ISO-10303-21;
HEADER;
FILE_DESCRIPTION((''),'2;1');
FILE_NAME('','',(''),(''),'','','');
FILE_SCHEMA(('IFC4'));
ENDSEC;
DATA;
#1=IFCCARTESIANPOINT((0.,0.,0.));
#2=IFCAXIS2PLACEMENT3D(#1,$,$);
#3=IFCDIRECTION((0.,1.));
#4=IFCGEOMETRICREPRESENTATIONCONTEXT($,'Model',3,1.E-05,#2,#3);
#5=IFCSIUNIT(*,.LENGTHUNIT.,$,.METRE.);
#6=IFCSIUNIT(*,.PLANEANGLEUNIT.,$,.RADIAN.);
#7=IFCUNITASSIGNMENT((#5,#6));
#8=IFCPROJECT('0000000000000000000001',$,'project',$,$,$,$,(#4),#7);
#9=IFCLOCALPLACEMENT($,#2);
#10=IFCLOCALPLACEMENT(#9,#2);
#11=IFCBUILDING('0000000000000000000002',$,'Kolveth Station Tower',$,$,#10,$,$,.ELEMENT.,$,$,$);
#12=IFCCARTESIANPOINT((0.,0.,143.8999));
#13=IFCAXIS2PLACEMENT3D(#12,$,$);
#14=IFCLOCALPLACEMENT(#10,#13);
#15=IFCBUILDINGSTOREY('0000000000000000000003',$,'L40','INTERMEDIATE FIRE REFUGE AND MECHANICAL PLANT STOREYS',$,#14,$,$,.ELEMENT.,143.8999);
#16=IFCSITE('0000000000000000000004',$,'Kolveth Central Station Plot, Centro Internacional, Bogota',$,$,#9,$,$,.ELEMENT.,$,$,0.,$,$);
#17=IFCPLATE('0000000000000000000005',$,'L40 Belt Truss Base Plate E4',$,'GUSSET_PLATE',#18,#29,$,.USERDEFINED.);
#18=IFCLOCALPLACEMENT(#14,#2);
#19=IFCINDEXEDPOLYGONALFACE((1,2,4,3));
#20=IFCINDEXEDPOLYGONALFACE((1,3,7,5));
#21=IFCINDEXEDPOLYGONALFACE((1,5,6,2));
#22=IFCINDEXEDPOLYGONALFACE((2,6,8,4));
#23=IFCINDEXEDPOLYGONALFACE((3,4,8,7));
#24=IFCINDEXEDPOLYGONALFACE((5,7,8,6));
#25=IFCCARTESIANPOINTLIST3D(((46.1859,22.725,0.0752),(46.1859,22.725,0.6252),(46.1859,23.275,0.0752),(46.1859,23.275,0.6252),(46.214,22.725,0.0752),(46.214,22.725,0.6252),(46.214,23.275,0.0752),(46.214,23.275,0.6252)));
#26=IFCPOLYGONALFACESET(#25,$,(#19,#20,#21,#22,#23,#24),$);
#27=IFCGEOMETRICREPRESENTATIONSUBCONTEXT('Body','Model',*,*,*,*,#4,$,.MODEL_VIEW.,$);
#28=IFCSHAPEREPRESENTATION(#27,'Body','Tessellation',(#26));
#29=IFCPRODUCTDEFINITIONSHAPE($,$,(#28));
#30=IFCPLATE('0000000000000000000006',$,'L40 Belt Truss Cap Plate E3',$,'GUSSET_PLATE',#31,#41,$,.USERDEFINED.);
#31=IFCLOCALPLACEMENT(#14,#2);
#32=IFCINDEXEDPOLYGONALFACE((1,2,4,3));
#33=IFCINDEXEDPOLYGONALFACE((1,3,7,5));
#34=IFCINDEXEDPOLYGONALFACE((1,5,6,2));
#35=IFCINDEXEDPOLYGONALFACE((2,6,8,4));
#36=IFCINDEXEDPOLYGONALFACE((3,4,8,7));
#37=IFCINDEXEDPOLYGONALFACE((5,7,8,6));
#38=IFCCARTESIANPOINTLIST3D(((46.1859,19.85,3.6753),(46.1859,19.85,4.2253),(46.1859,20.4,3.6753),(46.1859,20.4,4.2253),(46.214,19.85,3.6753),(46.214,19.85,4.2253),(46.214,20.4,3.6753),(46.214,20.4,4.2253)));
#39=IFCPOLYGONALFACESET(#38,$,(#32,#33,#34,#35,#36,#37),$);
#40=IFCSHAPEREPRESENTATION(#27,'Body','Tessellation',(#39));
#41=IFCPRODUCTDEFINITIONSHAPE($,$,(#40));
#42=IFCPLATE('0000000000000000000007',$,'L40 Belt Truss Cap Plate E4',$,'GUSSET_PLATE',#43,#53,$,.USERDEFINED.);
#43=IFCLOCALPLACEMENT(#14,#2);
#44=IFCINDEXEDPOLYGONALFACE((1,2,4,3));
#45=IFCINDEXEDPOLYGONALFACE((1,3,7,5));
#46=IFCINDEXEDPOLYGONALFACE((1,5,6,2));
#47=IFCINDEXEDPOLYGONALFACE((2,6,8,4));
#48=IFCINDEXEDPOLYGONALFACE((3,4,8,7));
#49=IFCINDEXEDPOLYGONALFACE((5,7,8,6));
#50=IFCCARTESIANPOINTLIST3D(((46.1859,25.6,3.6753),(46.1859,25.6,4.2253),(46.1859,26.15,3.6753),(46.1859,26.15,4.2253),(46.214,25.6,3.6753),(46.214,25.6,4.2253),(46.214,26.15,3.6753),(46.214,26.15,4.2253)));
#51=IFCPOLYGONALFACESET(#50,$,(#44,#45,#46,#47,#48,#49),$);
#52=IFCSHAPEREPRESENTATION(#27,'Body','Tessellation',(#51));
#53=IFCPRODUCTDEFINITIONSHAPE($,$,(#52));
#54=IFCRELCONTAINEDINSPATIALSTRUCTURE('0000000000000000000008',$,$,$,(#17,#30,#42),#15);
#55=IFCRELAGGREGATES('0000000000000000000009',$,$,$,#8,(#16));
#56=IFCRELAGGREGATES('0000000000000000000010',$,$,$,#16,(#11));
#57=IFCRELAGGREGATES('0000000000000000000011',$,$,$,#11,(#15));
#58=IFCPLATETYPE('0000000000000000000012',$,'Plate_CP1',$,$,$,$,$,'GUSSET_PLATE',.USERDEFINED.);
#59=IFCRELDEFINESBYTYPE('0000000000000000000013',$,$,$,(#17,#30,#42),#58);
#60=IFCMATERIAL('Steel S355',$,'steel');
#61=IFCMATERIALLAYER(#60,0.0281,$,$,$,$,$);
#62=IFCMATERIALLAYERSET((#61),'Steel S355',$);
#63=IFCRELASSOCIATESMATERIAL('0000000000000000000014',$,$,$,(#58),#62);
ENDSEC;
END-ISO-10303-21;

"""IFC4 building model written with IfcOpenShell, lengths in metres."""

from ifc_helpers import new_model, si_unit, direction, frame, origin, origin_2d, place, context, subcontext, project, spatial, rectangle, extrude, source, transform, mapped, material, layer, layer_set, type_object, element, save


model = new_model("IFC4")

# Units and contexts
model_context = context("Model", 3, precision=1e-05, world=origin(), true_north=direction((0.0, 1.0)))
body_context = subcontext(model_context, "Body", "Model", "MODEL_VIEW")
ifc_project = project(units=[si_unit("LENGTHUNIT", "METRE"), si_unit("PLANEANGLEUNIT", "RADIAN")], contexts=[model_context])

# Site, building, storey
site_placement = place(None, origin())
site = spatial("IfcSite", under=ifc_project, at=site_placement, Name="Kolveth Central Station Plot, Centro Internacional, Bogota", CompositionType="ELEMENT", RefElevation=0.0)
building_placement = place(site_placement, origin())
building = spatial("IfcBuilding", under=site, at=building_placement, Name="Kolveth Station Tower", CompositionType="ELEMENT")
storey_placement = place(building_placement, frame((0.0, 0.0, 143.8999)))
storey = spatial("IfcBuildingStorey", under=building, at=storey_placement, Name="L40", Description="INTERMEDIATE FIRE REFUGE AND MECHANICAL PLANT STOREYS", CompositionType="ELEMENT", Elevation=143.8999)

# Shared definitions
ifc_material_1 = material(Name="Steel S355", Category="steel")

# Plates
ifc_layer_1 = layer(ifc_material_1, 0.0281)
ifc_layer_set_1 = layer_set([ifc_layer_1], Name="Steel S355")
plate_type_1 = type_object("IfcPlateType", Name="Plate_CP1", ElementType="GUSSET_PLATE", PredefinedType="USERDEFINED", material=ifc_layer_set_1)
shared_shape_1 = source(origin(), body_context, "Body", "SweptSolid", [
    extrude(rectangle(XDim=0.0281, YDim=0.55, at=origin_2d()), origin(), (0.0, 0.0, 1.0), 0.55),
])
for number, where, z_axis, x_axis, name in (
    (1, (46.2, 23.0, 0.0752), (0.0, 0.0, 1.0), (1.0, 0.0, 0.0), "L40 Belt Truss Base Plate E4"),
    (2, (46.2, 20.125, 3.6753), (0.0, 0.0, 1.0), (1.0, 0.0, 0.0), "L40 Belt Truss Cap Plate E3"),
    (3, (46.2, 25.875, 3.6753), (0.0, 0.0, 1.0), (1.0, 0.0, 0.0), "L40 Belt Truss Cap Plate E4"),
):
    element("IfcPlate", number, at=place(storey_placement, frame(where, z_axis=z_axis, x_axis=x_axis)), inside=storey, type_object=plate_type_1, Name=name, ObjectType="GUSSET_PLATE", PredefinedType="USERDEFINED", context=body_context, shape_type="MappedRepresentation", body=[
        mapped(shared_shape_1, transform((0.0, 0.0, 0.0), x_axis=(1.0, 0.0, 0.0), y_axis=(0.0, 1.0, 0.0), z_axis=(0.0, 0.0, 1.0), scale=1.0)),
    ])

save(model, "model.ifc")
